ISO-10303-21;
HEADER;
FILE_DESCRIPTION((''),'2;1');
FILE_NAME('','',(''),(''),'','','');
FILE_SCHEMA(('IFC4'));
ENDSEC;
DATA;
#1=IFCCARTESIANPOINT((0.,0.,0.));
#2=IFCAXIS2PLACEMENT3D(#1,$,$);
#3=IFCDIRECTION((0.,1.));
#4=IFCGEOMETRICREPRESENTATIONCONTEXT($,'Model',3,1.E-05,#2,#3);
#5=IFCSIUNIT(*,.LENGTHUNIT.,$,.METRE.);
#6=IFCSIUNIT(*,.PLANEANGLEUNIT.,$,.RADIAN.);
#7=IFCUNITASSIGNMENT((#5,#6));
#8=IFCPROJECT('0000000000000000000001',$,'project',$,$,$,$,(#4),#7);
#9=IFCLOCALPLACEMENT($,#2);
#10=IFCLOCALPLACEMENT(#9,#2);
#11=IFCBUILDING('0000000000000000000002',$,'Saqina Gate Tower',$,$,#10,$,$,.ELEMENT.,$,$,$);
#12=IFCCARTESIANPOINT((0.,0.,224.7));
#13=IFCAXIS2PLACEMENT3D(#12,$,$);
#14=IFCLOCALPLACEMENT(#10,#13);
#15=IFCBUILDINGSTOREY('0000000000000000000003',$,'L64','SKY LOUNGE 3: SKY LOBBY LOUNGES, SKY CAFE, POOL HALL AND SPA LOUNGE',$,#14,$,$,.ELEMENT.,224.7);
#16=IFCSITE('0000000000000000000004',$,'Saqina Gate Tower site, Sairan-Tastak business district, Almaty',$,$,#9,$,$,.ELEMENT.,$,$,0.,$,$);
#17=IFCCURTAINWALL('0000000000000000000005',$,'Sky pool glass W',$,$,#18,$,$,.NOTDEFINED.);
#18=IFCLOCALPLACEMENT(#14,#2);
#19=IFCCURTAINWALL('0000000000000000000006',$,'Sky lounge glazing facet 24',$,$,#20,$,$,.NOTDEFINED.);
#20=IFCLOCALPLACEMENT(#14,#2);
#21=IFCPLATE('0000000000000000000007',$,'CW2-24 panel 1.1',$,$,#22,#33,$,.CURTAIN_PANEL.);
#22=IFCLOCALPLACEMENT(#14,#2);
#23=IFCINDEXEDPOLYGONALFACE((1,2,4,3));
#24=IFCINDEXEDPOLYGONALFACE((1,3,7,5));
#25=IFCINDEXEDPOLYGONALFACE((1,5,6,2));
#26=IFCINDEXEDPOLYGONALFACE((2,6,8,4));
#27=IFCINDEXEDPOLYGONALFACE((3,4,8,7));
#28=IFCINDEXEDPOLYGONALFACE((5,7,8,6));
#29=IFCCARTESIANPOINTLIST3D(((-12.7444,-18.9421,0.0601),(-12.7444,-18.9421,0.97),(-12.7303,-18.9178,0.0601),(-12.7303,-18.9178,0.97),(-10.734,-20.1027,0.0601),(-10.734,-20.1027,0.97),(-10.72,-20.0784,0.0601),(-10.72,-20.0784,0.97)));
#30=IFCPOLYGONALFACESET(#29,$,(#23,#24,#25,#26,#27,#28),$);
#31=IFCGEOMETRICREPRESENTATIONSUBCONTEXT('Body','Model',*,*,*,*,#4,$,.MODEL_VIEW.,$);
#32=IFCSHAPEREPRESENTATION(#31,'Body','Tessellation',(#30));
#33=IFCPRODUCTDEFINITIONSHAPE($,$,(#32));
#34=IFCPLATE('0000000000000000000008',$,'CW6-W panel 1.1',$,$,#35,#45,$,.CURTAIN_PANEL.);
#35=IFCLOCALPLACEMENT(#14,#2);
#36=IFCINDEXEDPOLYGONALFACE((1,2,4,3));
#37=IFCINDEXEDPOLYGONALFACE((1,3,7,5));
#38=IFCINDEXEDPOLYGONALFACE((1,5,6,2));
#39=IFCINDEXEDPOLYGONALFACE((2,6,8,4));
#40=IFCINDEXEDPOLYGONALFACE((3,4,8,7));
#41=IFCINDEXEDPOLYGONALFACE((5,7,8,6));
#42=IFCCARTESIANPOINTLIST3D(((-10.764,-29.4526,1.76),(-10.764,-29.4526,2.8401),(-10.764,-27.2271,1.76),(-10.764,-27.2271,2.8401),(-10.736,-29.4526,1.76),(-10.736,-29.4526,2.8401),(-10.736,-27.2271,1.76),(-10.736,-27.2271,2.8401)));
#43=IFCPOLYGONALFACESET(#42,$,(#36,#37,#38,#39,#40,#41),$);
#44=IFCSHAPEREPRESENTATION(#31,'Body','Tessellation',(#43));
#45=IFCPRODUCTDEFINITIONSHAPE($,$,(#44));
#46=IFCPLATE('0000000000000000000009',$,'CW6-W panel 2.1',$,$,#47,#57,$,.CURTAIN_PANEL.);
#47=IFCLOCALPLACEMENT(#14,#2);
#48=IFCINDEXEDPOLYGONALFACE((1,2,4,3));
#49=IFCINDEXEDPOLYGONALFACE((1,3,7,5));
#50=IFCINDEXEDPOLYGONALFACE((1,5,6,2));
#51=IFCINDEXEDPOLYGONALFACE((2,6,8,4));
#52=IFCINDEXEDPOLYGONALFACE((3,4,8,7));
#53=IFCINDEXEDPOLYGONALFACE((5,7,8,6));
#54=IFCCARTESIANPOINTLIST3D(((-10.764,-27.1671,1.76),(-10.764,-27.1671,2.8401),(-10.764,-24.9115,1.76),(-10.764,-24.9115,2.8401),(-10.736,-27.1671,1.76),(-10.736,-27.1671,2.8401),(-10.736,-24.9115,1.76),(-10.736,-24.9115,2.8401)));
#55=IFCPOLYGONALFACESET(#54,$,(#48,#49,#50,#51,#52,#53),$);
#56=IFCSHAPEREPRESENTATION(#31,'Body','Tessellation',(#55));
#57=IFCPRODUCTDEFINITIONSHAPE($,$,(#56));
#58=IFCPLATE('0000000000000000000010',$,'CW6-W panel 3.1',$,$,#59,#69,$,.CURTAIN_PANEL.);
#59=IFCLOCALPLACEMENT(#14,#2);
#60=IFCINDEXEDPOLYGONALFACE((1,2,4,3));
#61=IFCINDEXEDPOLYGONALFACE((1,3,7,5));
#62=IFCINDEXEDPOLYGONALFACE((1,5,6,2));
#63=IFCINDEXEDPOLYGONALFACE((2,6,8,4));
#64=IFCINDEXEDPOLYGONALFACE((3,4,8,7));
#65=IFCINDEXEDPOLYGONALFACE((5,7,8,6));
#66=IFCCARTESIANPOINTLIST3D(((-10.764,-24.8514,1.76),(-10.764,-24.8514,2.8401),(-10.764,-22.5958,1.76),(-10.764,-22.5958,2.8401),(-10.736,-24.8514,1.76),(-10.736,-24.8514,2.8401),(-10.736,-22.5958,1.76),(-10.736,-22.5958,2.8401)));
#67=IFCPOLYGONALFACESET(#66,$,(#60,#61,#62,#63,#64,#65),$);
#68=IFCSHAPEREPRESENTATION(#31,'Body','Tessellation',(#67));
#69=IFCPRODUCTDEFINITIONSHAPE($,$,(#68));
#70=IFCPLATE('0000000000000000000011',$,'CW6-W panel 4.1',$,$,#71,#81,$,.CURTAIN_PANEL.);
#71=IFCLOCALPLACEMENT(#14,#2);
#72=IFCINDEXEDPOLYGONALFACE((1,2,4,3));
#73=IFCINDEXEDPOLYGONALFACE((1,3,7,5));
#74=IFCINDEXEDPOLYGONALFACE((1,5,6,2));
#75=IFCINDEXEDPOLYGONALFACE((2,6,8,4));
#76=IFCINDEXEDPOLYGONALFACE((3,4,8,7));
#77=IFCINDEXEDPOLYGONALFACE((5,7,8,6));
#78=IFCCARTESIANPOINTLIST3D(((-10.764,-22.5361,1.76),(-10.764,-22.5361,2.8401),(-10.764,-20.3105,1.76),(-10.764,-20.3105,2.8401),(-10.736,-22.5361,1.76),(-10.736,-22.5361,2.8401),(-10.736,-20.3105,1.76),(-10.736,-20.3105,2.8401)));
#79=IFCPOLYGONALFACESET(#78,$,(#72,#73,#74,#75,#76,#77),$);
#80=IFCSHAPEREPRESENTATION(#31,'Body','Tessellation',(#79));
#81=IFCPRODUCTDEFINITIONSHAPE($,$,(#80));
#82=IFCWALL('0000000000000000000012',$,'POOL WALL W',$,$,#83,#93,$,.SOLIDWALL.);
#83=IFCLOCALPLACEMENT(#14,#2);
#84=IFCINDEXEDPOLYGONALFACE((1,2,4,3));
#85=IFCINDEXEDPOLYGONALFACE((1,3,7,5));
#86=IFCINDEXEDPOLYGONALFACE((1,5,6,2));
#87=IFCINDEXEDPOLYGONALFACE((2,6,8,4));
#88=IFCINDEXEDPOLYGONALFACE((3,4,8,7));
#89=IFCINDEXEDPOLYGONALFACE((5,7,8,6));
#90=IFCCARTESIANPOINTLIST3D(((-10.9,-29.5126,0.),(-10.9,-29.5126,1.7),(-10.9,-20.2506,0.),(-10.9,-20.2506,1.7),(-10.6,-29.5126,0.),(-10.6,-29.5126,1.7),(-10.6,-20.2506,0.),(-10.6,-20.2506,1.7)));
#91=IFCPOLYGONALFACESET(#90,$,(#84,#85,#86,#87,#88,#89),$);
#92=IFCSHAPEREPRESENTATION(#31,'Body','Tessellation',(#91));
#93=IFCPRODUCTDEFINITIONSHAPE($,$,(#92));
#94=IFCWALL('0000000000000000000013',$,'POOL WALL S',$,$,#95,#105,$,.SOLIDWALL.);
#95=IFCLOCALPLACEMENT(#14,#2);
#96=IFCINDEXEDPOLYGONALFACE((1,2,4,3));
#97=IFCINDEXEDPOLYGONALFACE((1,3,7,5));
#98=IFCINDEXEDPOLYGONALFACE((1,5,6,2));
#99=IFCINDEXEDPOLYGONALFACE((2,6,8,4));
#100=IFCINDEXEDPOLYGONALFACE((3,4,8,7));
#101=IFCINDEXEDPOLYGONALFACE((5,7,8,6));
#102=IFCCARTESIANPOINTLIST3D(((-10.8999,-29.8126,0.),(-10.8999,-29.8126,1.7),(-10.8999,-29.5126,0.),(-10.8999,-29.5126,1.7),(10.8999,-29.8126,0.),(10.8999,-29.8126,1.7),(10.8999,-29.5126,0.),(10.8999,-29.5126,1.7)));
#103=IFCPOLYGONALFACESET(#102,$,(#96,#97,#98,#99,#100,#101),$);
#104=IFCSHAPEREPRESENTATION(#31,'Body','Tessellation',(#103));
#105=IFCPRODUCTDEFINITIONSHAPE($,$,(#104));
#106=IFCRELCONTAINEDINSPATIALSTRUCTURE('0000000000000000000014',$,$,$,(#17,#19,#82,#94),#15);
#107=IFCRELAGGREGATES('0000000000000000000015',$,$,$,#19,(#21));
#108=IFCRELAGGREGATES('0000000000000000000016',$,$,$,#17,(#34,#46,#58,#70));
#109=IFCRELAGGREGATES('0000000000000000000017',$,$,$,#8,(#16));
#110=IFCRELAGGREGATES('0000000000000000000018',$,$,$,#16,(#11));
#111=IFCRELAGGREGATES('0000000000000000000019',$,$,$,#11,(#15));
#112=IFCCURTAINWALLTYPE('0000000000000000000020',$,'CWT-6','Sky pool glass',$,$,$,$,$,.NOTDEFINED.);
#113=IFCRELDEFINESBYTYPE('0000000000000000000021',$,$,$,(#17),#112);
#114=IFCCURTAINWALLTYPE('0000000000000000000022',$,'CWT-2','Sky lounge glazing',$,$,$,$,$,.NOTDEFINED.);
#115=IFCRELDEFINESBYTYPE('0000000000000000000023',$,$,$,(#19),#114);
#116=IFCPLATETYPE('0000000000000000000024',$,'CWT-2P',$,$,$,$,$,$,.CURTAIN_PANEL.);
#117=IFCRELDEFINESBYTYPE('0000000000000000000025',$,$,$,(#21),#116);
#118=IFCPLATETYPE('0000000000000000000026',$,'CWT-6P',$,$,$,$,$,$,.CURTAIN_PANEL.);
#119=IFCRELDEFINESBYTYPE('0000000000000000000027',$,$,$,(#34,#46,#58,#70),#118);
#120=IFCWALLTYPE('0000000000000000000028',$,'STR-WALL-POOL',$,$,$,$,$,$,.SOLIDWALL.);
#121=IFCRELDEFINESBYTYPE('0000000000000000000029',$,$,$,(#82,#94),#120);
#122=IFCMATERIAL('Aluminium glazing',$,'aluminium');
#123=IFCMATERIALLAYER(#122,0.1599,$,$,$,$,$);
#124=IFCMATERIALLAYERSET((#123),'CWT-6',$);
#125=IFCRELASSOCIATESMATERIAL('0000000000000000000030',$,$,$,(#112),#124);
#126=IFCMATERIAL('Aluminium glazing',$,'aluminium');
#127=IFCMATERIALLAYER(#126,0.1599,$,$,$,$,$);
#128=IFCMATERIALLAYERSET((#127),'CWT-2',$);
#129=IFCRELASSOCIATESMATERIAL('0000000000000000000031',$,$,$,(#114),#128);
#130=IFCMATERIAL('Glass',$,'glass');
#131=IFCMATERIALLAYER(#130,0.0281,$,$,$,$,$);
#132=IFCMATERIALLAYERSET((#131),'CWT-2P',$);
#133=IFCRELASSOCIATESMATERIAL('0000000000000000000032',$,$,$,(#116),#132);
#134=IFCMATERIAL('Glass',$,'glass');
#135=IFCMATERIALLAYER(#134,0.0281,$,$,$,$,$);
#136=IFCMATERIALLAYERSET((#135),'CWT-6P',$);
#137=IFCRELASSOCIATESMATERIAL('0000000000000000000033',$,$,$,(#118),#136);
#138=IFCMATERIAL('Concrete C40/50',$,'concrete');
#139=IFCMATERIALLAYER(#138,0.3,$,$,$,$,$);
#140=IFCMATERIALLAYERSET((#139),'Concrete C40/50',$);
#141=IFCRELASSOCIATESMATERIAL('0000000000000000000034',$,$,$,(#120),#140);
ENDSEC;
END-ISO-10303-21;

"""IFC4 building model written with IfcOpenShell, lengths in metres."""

from ifc_helpers import new_model, si_unit, direction, frame, frame_2d, origin, origin_2d, place, context, subcontext, project, spatial, rectangle, extrude, material, layer, layer_set, type_object, element, aggregate, save


model = new_model("IFC4")

# Units and contexts
model_context = context("Model", 3, precision=1e-05, world=origin(), true_north=direction((0.0, 1.0)))
body_context = subcontext(model_context, "Body", "Model", "MODEL_VIEW")
ifc_project = project(units=[si_unit("LENGTHUNIT", "METRE"), si_unit("PLANEANGLEUNIT", "RADIAN")], contexts=[model_context])

# Site, building, storey
site_placement = place(None, origin())
site = spatial("IfcSite", under=ifc_project, at=site_placement, Name="Saqina Gate Tower site, Sairan-Tastak business district, Almaty", CompositionType="ELEMENT", RefElevation=0.0)
building_placement = place(site_placement, origin())
building = spatial("IfcBuilding", under=site, at=building_placement, Name="Saqina Gate Tower", CompositionType="ELEMENT")
storey_placement = place(building_placement, frame((0.0, 0.0, 224.7)))
storey = spatial("IfcBuildingStorey", under=building, at=storey_placement, Name="L64", Description="SKY LOUNGE 3: SKY LOBBY LOUNGES, SKY CAFE, POOL HALL AND SPA LOUNGE", CompositionType="ELEMENT", Elevation=224.7)

# Shared definitions
ifc_material_1 = material(Name="Aluminium glazing", Category="aluminium")
ifc_layer_1 = layer(ifc_material_1, 0.1599)
ifc_layer_set_1 = layer_set([ifc_layer_1], Name="CWT-6")
curtain_wall_type_1 = type_object("IfcCurtainWallType", Name="CWT-6", Description="Sky pool glass", PredefinedType="NOTDEFINED", material=ifc_layer_set_1)

# Curtain wall
curtain_wall_1_placement = place(storey_placement, origin())
curtain_wall_1 = element("IfcCurtainWall", 1, at=curtain_wall_1_placement, inside=storey, type_object=curtain_wall_type_1, Name="Sky pool glass W", PredefinedType="NOTDEFINED")

# Curtain wall, plate
ifc_material_2 = material(Name="Aluminium glazing", Category="aluminium")
ifc_layer_2 = layer(ifc_material_2, 0.1599)
ifc_layer_set_2 = layer_set([ifc_layer_2], Name="CWT-2")
curtain_wall_type_2 = type_object("IfcCurtainWallType", Name="CWT-2", Description="Sky lounge glazing", PredefinedType="NOTDEFINED", material=ifc_layer_set_2)
curtain_wall_2_placement = place(storey_placement, origin())
curtain_wall_2 = element("IfcCurtainWall", 2, at=curtain_wall_2_placement, inside=storey, type_object=curtain_wall_type_2, Name="Sky lounge glazing facet 24", PredefinedType="NOTDEFINED")
ifc_material_3 = material(Name="Glass", Category="glass")
ifc_layer_3 = layer(ifc_material_3, 0.0281)
ifc_layer_set_3 = layer_set([ifc_layer_3], Name="CWT-2P")
plate_type_1 = type_object("IfcPlateType", Name="CWT-2P", PredefinedType="CURTAIN_PANEL", material=ifc_layer_set_3)
plate_1_placement = place(storey_placement, frame((-11.7322, -19.5103, 0.0601), z_axis=(0.0, 0.0, 1.0), x_axis=(0.866042, -0.499972, 0.0)))
plate_1 = element("IfcPlate", 3, at=plate_1_placement, type_object=plate_type_1, Name="CW2-24 panel 1.1", PredefinedType="CURTAIN_PANEL", context=body_context, shape_type="SweptSolid", body=[
    extrude(rectangle(XDim=2.3213, YDim=0.0281, at=origin_2d()), origin(), (0.0, 0.0, 1.0), 0.9099),
])
aggregate(curtain_wall_2, [plate_1])

# Plates
ifc_material_4 = material(Name="Glass", Category="glass")
ifc_layer_4 = layer(ifc_material_4, 0.0281)
ifc_layer_set_4 = layer_set([ifc_layer_4], Name="CWT-6P")
plate_type_2 = type_object("IfcPlateType", Name="CWT-6P", PredefinedType="CURTAIN_PANEL", material=ifc_layer_set_4)
plate_2_placement = place(storey_placement, frame((-10.75, -28.3398, 1.76), z_axis=(0.0, 0.0, 1.0), x_axis=(0.0, 1.0, 0.0)))
plate_2 = element("IfcPlate", 4, at=plate_2_placement, type_object=plate_type_2, Name="CW6-W panel 1.1", PredefinedType="CURTAIN_PANEL", context=body_context, shape_type="SweptSolid", body=[
    extrude(rectangle(XDim=2.2256, YDim=0.0281, at=origin_2d()), origin(), (0.0, 0.0, 1.0), 1.0801),
])
plate_3_placement = place(storey_placement, frame((-10.75, -26.0393, 1.76), z_axis=(0.0, 0.0, 1.0), x_axis=(0.0, 1.0, 0.0)))
plate_3 = element("IfcPlate", 5, at=plate_3_placement, type_object=plate_type_2, Name="CW6-W panel 2.1", PredefinedType="CURTAIN_PANEL", context=body_context, shape_type="SweptSolid", body=[
    extrude(rectangle(XDim=2.2556, YDim=0.0281, at=origin_2d()), origin(), (0.0, 0.0, 1.0), 1.0801),
])
plate_4_placement = place(storey_placement, frame((-10.75, -23.7236, 1.76), z_axis=(0.0, 0.0, 1.0), x_axis=(0.0, 1.0, 0.0)))
plate_4 = element("IfcPlate", 6, at=plate_4_placement, type_object=plate_type_2, Name="CW6-W panel 3.1", PredefinedType="CURTAIN_PANEL", context=body_context, shape_type="SweptSolid", body=[
    extrude(rectangle(XDim=2.2556, YDim=0.0281, at=origin_2d()), origin(), (0.0, 0.0, 1.0), 1.0801),
])
plate_5_placement = place(storey_placement, frame((-10.75, -21.4233, 1.76), z_axis=(0.0, 0.0, 1.0), x_axis=(0.0, 1.0, 0.0)))
plate_5 = element("IfcPlate", 7, at=plate_5_placement, type_object=plate_type_2, Name="CW6-W panel 4.1", PredefinedType="CURTAIN_PANEL", context=body_context, shape_type="SweptSolid", body=[
    extrude(rectangle(XDim=2.2256, YDim=0.0281, at=origin_2d()), origin(), (0.0, 0.0, 1.0), 1.0801),
])
aggregate(curtain_wall_1, [plate_2, plate_3, plate_4, plate_5])

# Walls
ifc_material_5 = material(Name="Concrete C40/50", Category="concrete")
ifc_layer_5 = layer(ifc_material_5, 0.3)
ifc_layer_set_5 = layer_set([ifc_layer_5], Name="Concrete C40/50")
wall_type = type_object("IfcWallType", Name="STR-WALL-POOL", PredefinedType="SOLIDWALL", material=ifc_layer_set_5)
wall_1_placement = place(storey_placement, frame((-10.75, -29.5125, 0.0), z_axis=(0.0, 0.0, 1.0), x_axis=(0.0, 1.0, 0.0)))
element("IfcWall", 8, at=wall_1_placement, inside=storey, type_object=wall_type, Name="POOL WALL W", PredefinedType="SOLIDWALL", context=body_context, shape_type="SweptSolid", body=[
    extrude(rectangle(XDim=9.262, YDim=0.3, at=frame_2d((4.6309, 0.0))), origin(), (0.0, 0.0, 1.0), 1.7),
])
wall_2_placement = place(storey_placement, frame((-10.8999, -29.6626, 0.0), z_axis=(0.0, 0.0, 1.0), x_axis=(1.0, 0.0, 0.0)))
element("IfcWall", 9, at=wall_2_placement, inside=storey, type_object=wall_type, Name="POOL WALL S", PredefinedType="SOLIDWALL", context=body_context, shape_type="SweptSolid", body=[
    extrude(rectangle(XDim=21.7998, YDim=0.3, at=frame_2d((10.8999, 0.0))), origin(), (0.0, 0.0, 1.0), 1.7),
])

save(model, "model.ifc")
